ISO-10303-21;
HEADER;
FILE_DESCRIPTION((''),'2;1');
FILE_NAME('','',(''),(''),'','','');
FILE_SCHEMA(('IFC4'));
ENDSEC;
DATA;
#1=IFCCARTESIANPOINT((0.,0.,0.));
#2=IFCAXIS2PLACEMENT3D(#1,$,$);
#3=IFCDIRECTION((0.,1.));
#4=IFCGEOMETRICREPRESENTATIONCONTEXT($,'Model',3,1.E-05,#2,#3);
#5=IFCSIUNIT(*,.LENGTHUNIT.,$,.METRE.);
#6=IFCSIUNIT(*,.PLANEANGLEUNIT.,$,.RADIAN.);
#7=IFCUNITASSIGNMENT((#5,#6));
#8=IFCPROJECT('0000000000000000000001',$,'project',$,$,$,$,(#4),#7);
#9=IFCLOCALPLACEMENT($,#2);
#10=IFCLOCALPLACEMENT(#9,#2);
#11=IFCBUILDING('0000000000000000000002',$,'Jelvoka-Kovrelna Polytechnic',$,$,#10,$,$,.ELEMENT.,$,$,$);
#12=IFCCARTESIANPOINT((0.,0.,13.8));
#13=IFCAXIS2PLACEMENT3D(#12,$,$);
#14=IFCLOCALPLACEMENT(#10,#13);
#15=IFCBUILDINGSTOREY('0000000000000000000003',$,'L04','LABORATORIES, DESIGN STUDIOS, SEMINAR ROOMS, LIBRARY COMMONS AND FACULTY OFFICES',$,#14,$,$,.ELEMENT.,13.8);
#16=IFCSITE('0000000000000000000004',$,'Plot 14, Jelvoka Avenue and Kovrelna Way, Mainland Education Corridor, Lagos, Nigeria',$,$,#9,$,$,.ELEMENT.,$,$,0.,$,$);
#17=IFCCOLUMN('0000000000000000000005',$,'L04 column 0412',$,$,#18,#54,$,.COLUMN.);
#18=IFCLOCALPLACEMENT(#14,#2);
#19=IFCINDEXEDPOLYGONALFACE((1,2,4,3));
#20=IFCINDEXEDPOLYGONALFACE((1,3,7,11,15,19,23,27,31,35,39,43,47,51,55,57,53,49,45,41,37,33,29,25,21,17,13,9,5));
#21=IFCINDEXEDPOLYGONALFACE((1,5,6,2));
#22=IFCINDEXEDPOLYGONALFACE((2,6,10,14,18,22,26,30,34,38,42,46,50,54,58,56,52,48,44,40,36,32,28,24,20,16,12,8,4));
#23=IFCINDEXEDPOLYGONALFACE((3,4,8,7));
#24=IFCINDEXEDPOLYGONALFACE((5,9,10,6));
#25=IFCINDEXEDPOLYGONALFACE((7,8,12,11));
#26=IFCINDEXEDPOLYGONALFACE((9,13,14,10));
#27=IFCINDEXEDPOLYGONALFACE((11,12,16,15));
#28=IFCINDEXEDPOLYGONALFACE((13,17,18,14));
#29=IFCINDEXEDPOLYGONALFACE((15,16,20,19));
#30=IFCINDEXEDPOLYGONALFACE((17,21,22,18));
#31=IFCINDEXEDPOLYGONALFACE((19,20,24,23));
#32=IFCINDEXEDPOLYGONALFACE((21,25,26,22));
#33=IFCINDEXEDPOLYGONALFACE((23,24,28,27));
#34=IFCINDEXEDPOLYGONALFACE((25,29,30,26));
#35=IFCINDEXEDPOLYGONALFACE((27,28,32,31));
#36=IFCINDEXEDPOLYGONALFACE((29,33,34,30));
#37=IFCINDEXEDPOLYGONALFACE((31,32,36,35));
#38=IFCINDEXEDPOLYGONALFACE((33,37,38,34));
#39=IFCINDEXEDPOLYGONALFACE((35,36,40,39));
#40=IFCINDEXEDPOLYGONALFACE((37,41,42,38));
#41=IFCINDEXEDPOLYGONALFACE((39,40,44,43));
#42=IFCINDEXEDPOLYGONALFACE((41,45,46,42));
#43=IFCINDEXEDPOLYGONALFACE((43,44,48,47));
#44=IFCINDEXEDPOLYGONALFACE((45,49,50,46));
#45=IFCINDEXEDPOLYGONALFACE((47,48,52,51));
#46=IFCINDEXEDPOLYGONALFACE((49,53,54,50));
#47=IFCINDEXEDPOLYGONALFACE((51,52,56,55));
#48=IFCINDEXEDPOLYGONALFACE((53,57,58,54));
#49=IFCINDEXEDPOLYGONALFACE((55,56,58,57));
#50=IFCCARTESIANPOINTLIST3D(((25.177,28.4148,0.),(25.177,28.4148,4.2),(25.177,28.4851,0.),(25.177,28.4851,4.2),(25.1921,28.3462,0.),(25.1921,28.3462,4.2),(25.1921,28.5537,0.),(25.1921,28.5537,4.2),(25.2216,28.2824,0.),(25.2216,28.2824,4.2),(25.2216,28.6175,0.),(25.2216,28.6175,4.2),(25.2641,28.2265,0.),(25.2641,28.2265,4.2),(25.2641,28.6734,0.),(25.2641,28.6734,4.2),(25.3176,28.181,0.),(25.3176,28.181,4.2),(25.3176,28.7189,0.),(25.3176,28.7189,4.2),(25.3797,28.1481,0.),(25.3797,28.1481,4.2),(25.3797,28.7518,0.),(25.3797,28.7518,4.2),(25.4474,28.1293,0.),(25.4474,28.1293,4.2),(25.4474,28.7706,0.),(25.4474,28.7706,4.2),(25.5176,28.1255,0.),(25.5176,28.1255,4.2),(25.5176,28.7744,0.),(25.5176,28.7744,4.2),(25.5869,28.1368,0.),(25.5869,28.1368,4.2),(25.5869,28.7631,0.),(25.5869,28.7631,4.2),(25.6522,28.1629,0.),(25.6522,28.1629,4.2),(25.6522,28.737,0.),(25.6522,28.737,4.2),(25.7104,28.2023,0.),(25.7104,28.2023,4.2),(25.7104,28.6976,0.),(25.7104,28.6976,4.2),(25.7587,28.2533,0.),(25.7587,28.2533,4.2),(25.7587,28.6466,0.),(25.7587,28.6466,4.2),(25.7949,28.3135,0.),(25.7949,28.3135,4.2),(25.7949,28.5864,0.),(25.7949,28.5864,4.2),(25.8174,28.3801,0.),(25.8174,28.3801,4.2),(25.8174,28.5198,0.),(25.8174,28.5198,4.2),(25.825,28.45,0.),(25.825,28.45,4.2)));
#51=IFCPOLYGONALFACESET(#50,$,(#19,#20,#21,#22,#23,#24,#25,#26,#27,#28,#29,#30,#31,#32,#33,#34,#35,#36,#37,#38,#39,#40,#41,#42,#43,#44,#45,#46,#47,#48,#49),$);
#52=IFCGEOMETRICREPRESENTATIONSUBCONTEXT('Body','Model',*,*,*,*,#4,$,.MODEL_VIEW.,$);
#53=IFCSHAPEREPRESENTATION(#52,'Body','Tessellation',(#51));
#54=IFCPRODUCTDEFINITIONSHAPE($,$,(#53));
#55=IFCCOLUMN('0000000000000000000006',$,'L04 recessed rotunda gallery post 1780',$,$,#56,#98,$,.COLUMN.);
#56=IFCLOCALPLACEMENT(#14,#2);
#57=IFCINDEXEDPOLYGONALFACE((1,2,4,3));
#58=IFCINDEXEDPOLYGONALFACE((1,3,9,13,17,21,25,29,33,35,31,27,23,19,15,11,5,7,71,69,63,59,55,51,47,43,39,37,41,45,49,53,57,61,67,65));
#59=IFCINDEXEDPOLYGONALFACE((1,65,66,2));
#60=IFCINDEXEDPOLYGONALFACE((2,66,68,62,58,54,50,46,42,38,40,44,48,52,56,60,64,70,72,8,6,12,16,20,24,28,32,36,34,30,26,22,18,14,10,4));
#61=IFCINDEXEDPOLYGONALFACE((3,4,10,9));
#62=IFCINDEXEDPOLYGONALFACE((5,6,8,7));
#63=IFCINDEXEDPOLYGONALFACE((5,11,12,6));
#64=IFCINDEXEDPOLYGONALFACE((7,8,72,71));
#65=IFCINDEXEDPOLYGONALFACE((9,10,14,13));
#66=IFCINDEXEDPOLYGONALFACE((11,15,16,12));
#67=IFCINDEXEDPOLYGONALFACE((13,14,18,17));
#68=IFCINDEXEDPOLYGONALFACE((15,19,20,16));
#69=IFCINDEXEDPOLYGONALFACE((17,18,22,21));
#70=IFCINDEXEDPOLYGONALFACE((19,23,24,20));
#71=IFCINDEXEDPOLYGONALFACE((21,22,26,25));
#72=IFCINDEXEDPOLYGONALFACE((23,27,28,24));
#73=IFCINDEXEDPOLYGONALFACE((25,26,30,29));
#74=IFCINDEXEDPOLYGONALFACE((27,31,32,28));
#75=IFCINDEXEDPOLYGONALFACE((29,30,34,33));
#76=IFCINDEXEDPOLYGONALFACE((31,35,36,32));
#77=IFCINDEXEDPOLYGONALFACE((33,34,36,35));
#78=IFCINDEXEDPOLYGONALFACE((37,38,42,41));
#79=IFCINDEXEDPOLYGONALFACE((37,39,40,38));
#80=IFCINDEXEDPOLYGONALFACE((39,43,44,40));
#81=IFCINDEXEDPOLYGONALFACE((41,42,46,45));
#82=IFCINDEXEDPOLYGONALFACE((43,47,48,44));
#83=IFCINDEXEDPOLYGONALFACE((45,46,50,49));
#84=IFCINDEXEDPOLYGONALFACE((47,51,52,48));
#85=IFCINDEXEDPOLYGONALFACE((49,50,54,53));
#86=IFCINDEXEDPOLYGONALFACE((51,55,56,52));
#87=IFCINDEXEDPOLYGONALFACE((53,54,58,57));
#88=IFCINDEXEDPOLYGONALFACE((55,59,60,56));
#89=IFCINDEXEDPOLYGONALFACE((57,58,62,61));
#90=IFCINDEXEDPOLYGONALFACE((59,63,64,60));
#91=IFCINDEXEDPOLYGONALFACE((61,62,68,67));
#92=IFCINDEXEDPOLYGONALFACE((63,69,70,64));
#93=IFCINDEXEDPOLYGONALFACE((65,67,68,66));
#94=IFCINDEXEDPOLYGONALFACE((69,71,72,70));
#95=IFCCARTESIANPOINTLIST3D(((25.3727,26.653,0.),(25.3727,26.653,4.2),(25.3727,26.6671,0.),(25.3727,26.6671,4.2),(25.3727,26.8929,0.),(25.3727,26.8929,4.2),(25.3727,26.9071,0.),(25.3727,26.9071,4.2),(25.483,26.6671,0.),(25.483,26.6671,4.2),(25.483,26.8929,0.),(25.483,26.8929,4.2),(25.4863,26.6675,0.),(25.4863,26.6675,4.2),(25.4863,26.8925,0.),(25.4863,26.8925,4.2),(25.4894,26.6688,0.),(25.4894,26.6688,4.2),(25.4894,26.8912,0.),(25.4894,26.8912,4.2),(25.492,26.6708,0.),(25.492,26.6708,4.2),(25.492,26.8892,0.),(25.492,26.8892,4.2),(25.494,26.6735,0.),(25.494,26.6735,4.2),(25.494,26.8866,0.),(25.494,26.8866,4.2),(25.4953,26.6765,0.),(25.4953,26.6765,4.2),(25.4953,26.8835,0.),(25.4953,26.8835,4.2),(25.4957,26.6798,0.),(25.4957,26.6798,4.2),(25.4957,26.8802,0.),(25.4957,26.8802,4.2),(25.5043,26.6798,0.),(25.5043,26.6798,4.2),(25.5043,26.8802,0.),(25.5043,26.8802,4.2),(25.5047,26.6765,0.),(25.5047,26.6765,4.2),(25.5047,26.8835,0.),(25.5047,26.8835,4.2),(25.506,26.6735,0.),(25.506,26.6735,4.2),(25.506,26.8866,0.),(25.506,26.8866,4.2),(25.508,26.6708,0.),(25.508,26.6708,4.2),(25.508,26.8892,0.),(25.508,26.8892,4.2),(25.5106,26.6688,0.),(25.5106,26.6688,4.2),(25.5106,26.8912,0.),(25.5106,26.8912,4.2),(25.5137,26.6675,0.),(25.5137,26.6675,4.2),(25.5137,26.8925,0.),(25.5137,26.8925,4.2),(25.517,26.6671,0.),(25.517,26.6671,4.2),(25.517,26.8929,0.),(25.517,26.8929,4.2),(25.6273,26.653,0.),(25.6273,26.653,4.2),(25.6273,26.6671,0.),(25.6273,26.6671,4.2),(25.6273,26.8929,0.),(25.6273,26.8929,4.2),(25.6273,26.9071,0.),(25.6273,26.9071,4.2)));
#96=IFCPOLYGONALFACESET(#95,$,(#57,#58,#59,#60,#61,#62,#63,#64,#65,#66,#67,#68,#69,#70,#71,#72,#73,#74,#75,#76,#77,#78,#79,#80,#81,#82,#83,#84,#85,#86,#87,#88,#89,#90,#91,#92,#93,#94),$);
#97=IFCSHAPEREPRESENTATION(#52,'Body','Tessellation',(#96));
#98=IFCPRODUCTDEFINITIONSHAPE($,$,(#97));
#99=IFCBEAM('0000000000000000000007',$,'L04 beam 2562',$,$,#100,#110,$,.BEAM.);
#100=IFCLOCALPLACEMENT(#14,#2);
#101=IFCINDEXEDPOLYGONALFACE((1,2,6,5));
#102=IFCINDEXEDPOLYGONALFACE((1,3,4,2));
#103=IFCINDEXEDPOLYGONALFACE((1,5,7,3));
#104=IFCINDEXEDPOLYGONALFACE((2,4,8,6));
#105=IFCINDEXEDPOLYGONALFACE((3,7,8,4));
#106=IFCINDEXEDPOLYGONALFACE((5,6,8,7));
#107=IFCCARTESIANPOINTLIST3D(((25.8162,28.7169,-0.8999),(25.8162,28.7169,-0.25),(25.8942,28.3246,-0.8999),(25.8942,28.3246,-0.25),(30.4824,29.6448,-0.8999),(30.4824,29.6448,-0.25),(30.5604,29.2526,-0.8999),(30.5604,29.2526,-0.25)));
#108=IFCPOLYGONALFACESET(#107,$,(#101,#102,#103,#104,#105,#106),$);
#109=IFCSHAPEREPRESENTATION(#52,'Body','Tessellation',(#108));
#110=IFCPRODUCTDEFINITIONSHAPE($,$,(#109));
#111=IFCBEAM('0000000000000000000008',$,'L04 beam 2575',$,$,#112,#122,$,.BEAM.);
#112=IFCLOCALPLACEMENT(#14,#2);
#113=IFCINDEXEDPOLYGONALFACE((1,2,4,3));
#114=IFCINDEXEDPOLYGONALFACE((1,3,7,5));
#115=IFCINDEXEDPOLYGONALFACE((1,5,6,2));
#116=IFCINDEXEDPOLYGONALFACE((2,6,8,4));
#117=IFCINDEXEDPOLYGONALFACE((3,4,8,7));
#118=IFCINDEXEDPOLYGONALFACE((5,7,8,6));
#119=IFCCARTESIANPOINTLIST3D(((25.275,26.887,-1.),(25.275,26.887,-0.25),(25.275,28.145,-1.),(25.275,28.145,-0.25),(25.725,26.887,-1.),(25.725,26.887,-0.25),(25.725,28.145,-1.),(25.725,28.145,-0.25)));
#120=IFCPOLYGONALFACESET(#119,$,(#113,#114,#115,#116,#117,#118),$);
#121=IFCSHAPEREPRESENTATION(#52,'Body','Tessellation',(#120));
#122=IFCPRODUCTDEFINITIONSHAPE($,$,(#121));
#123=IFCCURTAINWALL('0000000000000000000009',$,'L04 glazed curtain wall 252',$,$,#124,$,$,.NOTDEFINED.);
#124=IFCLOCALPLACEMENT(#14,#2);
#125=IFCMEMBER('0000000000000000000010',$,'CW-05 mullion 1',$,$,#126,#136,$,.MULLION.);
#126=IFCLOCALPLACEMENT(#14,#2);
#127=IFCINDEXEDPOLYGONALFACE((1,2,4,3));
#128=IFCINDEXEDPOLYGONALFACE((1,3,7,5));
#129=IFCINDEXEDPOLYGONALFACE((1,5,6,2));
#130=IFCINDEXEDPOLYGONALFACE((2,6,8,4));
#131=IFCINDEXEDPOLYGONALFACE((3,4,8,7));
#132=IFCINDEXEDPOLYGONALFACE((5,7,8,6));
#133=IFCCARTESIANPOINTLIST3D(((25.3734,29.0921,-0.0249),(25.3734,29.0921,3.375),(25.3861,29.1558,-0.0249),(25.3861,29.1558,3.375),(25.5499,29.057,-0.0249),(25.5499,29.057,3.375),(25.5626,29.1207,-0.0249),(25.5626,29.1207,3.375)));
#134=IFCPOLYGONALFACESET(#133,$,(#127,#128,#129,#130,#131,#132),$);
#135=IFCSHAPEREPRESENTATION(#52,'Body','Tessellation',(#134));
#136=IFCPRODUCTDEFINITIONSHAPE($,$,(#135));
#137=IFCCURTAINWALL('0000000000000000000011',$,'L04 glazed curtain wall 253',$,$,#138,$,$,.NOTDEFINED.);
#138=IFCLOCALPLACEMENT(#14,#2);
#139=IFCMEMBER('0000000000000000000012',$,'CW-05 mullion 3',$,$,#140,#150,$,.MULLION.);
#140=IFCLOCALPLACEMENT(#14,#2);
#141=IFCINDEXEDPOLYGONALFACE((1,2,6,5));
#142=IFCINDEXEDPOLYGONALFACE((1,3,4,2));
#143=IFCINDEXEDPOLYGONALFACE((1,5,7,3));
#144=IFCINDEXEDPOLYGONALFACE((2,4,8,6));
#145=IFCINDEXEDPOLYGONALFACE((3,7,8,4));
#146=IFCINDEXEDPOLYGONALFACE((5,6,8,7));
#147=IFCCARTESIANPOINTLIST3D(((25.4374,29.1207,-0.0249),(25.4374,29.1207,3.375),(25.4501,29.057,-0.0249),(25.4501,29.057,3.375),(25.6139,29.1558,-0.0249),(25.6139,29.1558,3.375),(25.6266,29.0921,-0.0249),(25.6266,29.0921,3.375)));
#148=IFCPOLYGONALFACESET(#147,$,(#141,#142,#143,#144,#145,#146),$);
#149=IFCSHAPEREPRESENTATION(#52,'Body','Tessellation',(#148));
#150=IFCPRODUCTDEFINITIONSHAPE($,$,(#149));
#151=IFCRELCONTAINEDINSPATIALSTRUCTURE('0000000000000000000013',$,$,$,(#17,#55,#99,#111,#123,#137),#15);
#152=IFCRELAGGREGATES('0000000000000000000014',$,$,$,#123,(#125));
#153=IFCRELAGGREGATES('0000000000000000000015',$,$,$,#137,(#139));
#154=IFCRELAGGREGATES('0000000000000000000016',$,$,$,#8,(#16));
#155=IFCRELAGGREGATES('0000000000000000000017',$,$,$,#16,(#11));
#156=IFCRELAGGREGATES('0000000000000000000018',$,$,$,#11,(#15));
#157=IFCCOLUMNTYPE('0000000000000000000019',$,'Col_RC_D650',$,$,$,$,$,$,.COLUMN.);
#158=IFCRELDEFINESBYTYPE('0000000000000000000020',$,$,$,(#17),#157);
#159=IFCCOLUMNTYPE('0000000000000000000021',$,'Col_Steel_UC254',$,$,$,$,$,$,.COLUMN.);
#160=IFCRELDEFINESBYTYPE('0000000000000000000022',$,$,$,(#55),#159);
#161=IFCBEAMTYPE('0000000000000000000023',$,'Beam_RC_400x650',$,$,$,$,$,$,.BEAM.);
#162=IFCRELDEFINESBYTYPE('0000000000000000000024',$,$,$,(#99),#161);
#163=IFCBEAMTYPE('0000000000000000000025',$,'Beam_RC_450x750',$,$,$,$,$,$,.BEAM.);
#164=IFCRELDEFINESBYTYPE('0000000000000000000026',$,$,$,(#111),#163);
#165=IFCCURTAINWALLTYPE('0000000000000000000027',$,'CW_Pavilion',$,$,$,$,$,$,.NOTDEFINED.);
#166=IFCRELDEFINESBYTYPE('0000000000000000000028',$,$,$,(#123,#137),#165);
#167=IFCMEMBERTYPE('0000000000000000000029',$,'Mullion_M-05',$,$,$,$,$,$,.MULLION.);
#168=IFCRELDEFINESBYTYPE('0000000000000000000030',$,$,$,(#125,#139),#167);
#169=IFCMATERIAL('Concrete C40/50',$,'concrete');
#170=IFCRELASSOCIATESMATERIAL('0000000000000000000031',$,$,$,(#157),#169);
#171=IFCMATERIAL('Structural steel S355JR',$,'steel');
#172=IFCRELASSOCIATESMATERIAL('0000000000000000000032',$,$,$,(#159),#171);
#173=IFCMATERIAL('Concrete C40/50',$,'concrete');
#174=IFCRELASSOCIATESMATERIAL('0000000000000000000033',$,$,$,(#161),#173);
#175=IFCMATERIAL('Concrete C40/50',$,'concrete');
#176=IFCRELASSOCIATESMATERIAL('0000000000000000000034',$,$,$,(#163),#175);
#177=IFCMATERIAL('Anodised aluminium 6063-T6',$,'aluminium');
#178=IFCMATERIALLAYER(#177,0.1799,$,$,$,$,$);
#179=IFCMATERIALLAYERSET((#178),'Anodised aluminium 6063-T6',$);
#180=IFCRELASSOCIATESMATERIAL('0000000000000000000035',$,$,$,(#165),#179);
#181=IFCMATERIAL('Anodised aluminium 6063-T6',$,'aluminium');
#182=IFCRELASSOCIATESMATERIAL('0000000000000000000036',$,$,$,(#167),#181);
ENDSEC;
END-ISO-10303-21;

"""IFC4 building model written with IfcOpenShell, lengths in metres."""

from ifc_helpers import new_model, si_unit, direction, frame, origin, origin_2d, place, context, subcontext, project, spatial, rectangle, circle, i_section, extrude, material, layer, layer_set, material_profile, profile_set, type_object, element, aggregate, save


model = new_model("IFC4")

# Units and contexts
model_context = context("Model", 3, precision=1e-05, world=origin(), true_north=direction((0.0, 1.0)))
body_context = subcontext(model_context, "Body", "Model", "MODEL_VIEW")
ifc_project = project(units=[si_unit("LENGTHUNIT", "METRE"), si_unit("PLANEANGLEUNIT", "RADIAN")], contexts=[model_context])

# Site, building, storey
site_placement = place(None, origin())
site = spatial("IfcSite", under=ifc_project, at=site_placement, Name="Plot 14, Jelvoka Avenue and Kovrelna Way, Mainland Education Corridor, Lagos, Nigeria", CompositionType="ELEMENT", RefElevation=0.0)
building_placement = place(site_placement, origin())
building = spatial("IfcBuilding", under=site, at=building_placement, Name="Jelvoka-Kovrelna Polytechnic", CompositionType="ELEMENT")
storey_placement = place(building_placement, frame((0.0, 0.0, 13.8)))
storey = spatial("IfcBuildingStorey", under=building, at=storey_placement, Name="L04", Description="LABORATORIES, DESIGN STUDIOS, SEMINAR ROOMS, LIBRARY COMMONS AND FACULTY OFFICES", CompositionType="ELEMENT", Elevation=13.8)

# Columns
ifc_material_1 = material(Name="Concrete C40/50", Category="concrete")
ifc_material_profile_1 = material_profile(ifc_material_1, circle(Radius=0.325, at=origin_2d()), Name="RC D650")
ifc_profile_set_1 = profile_set([ifc_material_profile_1], Name="Concrete C40/50")
column_type_1 = type_object("IfcColumnType", Name="Col_RC_D650", PredefinedType="COLUMN", material=ifc_profile_set_1)
column_1_placement = place(storey_placement, frame((25.5, 28.45, 0.0), z_axis=(0.0, 0.0, 1.0), x_axis=(1.0, 0.0, 0.0)))
element("IfcColumn", 1, at=column_1_placement, inside=storey, type_object=column_type_1, Name="L04 column 0412", PredefinedType="COLUMN", context=body_context, shape_type="SweptSolid", body=[
    extrude(circle(Radius=0.325, at=origin_2d()), origin(), (0.0, 0.0, 1.0), 4.2),
])
ifc_material_2 = material(Name="Structural steel S355JR", Category="steel")
ifc_material_profile_2 = material_profile(ifc_material_2, i_section(OverallWidth=0.2546, OverallDepth=0.2542, WebThickness=0.0085, FlangeThickness=0.0142, FilletRadius=0.0127, at=origin_2d()), Name="254x254x73 UC")
ifc_profile_set_2 = profile_set([ifc_material_profile_2], Name="Structural steel S355JR")
column_type_2 = type_object("IfcColumnType", Name="Col_Steel_UC254", PredefinedType="COLUMN", material=ifc_profile_set_2)
column_2_placement = place(storey_placement, frame((25.5, 26.78, 0.0), z_axis=(0.0, 0.0, 1.0), x_axis=(1.0, 0.0, 0.0)))
element("IfcColumn", 2, at=column_2_placement, inside=storey, type_object=column_type_2, Name="L04 recessed rotunda gallery post 1780", PredefinedType="COLUMN", context=body_context, shape_type="SweptSolid", body=[
    extrude(i_section(OverallWidth=0.2546, OverallDepth=0.2542, WebThickness=0.0085, FlangeThickness=0.0142, FilletRadius=0.0127, at=origin_2d()), origin(), (0.0, 0.0, 1.0), 4.2),
])

# Beams
ifc_material_3 = material(Name="Concrete C40/50", Category="concrete")
ifc_material_profile_3 = material_profile(ifc_material_3, rectangle(XDim=0.3999, YDim=0.6499, at=origin_2d()), Name="RC 400x650")
ifc_profile_set_3 = profile_set([ifc_material_profile_3], Name="Concrete C40/50")
beam_type_1 = type_object("IfcBeamType", Name="Beam_RC_400x650", PredefinedType="BEAM", material=ifc_profile_set_3)
beam_1_placement = place(storey_placement, frame((25.8552, 28.5208, -0.575), z_axis=(0.980793, 0.19505, 0.0), x_axis=(-0.19505, 0.980793, 0.0)))
element("IfcBeam", 3, at=beam_1_placement, inside=storey, type_object=beam_type_1, Name="L04 beam 2562", PredefinedType="BEAM", context=body_context, shape_type="SweptSolid", body=[
    extrude(rectangle(XDim=0.3999, YDim=0.6499, at=origin_2d()), origin(), (0.0, 0.0, 1.0), 4.7576),
])
ifc_material_4 = material(Name="Concrete C40/50", Category="concrete")
ifc_material_profile_4 = material_profile(ifc_material_4, rectangle(XDim=0.45, YDim=0.75, at=origin_2d()), Name="RC 450x750")
ifc_profile_set_4 = profile_set([ifc_material_profile_4], Name="Concrete C40/50")
beam_type_2 = type_object("IfcBeamType", Name="Beam_RC_450x750", PredefinedType="BEAM", material=ifc_profile_set_4)
beam_2_placement = place(storey_placement, frame((25.5, 28.145, -0.625), z_axis=(0.0, -1.0, 0.0), x_axis=(1.0, 0.0, 0.0)))
element("IfcBeam", 4, at=beam_2_placement, inside=storey, type_object=beam_type_2, Name="L04 beam 2575", PredefinedType="BEAM", context=body_context, shape_type="SweptSolid", body=[
    extrude(rectangle(XDim=0.45, YDim=0.75, at=origin_2d()), origin(), (0.0, 0.0, 1.0), 1.2581),
])

# Curtain walls, members
ifc_material_5 = material(Name="Anodised aluminium 6063-T6", Category="aluminium")
ifc_layer_1 = layer(ifc_material_5, 0.1799)
ifc_layer_set_1 = layer_set([ifc_layer_1], Name="Anodised aluminium 6063-T6")
curtain_wall_type = type_object("IfcCurtainWallType", Name="CW_Pavilion", PredefinedType="NOTDEFINED", material=ifc_layer_set_1)
curtain_wall_1_placement = place(storey_placement, origin())
curtain_wall_1 = element("IfcCurtainWall", 5, at=curtain_wall_1_placement, inside=storey, type_object=curtain_wall_type, Name="L04 glazed curtain wall 252", PredefinedType="NOTDEFINED")
ifc_material_6 = material(Name="Anodised aluminium 6063-T6", Category="aluminium")
ifc_material_profile_5 = material_profile(ifc_material_6, rectangle(XDim=0.0649, YDim=0.1799, at=origin_2d()), Name="ALU 65x180")
ifc_profile_set_5 = profile_set([ifc_material_profile_5], Name="Anodised aluminium 6063-T6")
member_type_1 = type_object("IfcMemberType", Name="Mullion_M-05", PredefinedType="MULLION", material=ifc_profile_set_5)
member_1_placement = place(storey_placement, frame((25.468, 29.1064, -0.0249), z_axis=(0.0, 0.0, 1.0), x_axis=(-0.195086, -0.980786, 0.0)))
member_1 = element("IfcMember", 6, at=member_1_placement, type_object=member_type_1, Name="CW-05 mullion 1", PredefinedType="MULLION", context=body_context, shape_type="SweptSolid", body=[
    extrude(rectangle(XDim=0.0649, YDim=0.1799, at=origin_2d()), origin(), (0.0, 0.0, 1.0), 3.3999),
])
curtain_wall_2_placement = place(storey_placement, origin())
curtain_wall_2 = element("IfcCurtainWall", 7, at=curtain_wall_2_placement, inside=storey, type_object=curtain_wall_type, Name="L04 glazed curtain wall 253", PredefinedType="NOTDEFINED")
member_2_placement = place(storey_placement, frame((25.532, 29.1064, -0.0249), z_axis=(0.0, 0.0, 1.0), x_axis=(0.195086, -0.980786, 0.0)))
member_2 = element("IfcMember", 8, at=member_2_placement, type_object=member_type_1, Name="CW-05 mullion 3", PredefinedType="MULLION", context=body_context, shape_type="SweptSolid", body=[
    extrude(rectangle(XDim=0.0649, YDim=0.1799, at=origin_2d()), origin(), (0.0, 0.0, 1.0), 3.3999),
])

aggregate(curtain_wall_1, [member_1])

aggregate(curtain_wall_2, [member_2])

save(model, "model.ifc")
